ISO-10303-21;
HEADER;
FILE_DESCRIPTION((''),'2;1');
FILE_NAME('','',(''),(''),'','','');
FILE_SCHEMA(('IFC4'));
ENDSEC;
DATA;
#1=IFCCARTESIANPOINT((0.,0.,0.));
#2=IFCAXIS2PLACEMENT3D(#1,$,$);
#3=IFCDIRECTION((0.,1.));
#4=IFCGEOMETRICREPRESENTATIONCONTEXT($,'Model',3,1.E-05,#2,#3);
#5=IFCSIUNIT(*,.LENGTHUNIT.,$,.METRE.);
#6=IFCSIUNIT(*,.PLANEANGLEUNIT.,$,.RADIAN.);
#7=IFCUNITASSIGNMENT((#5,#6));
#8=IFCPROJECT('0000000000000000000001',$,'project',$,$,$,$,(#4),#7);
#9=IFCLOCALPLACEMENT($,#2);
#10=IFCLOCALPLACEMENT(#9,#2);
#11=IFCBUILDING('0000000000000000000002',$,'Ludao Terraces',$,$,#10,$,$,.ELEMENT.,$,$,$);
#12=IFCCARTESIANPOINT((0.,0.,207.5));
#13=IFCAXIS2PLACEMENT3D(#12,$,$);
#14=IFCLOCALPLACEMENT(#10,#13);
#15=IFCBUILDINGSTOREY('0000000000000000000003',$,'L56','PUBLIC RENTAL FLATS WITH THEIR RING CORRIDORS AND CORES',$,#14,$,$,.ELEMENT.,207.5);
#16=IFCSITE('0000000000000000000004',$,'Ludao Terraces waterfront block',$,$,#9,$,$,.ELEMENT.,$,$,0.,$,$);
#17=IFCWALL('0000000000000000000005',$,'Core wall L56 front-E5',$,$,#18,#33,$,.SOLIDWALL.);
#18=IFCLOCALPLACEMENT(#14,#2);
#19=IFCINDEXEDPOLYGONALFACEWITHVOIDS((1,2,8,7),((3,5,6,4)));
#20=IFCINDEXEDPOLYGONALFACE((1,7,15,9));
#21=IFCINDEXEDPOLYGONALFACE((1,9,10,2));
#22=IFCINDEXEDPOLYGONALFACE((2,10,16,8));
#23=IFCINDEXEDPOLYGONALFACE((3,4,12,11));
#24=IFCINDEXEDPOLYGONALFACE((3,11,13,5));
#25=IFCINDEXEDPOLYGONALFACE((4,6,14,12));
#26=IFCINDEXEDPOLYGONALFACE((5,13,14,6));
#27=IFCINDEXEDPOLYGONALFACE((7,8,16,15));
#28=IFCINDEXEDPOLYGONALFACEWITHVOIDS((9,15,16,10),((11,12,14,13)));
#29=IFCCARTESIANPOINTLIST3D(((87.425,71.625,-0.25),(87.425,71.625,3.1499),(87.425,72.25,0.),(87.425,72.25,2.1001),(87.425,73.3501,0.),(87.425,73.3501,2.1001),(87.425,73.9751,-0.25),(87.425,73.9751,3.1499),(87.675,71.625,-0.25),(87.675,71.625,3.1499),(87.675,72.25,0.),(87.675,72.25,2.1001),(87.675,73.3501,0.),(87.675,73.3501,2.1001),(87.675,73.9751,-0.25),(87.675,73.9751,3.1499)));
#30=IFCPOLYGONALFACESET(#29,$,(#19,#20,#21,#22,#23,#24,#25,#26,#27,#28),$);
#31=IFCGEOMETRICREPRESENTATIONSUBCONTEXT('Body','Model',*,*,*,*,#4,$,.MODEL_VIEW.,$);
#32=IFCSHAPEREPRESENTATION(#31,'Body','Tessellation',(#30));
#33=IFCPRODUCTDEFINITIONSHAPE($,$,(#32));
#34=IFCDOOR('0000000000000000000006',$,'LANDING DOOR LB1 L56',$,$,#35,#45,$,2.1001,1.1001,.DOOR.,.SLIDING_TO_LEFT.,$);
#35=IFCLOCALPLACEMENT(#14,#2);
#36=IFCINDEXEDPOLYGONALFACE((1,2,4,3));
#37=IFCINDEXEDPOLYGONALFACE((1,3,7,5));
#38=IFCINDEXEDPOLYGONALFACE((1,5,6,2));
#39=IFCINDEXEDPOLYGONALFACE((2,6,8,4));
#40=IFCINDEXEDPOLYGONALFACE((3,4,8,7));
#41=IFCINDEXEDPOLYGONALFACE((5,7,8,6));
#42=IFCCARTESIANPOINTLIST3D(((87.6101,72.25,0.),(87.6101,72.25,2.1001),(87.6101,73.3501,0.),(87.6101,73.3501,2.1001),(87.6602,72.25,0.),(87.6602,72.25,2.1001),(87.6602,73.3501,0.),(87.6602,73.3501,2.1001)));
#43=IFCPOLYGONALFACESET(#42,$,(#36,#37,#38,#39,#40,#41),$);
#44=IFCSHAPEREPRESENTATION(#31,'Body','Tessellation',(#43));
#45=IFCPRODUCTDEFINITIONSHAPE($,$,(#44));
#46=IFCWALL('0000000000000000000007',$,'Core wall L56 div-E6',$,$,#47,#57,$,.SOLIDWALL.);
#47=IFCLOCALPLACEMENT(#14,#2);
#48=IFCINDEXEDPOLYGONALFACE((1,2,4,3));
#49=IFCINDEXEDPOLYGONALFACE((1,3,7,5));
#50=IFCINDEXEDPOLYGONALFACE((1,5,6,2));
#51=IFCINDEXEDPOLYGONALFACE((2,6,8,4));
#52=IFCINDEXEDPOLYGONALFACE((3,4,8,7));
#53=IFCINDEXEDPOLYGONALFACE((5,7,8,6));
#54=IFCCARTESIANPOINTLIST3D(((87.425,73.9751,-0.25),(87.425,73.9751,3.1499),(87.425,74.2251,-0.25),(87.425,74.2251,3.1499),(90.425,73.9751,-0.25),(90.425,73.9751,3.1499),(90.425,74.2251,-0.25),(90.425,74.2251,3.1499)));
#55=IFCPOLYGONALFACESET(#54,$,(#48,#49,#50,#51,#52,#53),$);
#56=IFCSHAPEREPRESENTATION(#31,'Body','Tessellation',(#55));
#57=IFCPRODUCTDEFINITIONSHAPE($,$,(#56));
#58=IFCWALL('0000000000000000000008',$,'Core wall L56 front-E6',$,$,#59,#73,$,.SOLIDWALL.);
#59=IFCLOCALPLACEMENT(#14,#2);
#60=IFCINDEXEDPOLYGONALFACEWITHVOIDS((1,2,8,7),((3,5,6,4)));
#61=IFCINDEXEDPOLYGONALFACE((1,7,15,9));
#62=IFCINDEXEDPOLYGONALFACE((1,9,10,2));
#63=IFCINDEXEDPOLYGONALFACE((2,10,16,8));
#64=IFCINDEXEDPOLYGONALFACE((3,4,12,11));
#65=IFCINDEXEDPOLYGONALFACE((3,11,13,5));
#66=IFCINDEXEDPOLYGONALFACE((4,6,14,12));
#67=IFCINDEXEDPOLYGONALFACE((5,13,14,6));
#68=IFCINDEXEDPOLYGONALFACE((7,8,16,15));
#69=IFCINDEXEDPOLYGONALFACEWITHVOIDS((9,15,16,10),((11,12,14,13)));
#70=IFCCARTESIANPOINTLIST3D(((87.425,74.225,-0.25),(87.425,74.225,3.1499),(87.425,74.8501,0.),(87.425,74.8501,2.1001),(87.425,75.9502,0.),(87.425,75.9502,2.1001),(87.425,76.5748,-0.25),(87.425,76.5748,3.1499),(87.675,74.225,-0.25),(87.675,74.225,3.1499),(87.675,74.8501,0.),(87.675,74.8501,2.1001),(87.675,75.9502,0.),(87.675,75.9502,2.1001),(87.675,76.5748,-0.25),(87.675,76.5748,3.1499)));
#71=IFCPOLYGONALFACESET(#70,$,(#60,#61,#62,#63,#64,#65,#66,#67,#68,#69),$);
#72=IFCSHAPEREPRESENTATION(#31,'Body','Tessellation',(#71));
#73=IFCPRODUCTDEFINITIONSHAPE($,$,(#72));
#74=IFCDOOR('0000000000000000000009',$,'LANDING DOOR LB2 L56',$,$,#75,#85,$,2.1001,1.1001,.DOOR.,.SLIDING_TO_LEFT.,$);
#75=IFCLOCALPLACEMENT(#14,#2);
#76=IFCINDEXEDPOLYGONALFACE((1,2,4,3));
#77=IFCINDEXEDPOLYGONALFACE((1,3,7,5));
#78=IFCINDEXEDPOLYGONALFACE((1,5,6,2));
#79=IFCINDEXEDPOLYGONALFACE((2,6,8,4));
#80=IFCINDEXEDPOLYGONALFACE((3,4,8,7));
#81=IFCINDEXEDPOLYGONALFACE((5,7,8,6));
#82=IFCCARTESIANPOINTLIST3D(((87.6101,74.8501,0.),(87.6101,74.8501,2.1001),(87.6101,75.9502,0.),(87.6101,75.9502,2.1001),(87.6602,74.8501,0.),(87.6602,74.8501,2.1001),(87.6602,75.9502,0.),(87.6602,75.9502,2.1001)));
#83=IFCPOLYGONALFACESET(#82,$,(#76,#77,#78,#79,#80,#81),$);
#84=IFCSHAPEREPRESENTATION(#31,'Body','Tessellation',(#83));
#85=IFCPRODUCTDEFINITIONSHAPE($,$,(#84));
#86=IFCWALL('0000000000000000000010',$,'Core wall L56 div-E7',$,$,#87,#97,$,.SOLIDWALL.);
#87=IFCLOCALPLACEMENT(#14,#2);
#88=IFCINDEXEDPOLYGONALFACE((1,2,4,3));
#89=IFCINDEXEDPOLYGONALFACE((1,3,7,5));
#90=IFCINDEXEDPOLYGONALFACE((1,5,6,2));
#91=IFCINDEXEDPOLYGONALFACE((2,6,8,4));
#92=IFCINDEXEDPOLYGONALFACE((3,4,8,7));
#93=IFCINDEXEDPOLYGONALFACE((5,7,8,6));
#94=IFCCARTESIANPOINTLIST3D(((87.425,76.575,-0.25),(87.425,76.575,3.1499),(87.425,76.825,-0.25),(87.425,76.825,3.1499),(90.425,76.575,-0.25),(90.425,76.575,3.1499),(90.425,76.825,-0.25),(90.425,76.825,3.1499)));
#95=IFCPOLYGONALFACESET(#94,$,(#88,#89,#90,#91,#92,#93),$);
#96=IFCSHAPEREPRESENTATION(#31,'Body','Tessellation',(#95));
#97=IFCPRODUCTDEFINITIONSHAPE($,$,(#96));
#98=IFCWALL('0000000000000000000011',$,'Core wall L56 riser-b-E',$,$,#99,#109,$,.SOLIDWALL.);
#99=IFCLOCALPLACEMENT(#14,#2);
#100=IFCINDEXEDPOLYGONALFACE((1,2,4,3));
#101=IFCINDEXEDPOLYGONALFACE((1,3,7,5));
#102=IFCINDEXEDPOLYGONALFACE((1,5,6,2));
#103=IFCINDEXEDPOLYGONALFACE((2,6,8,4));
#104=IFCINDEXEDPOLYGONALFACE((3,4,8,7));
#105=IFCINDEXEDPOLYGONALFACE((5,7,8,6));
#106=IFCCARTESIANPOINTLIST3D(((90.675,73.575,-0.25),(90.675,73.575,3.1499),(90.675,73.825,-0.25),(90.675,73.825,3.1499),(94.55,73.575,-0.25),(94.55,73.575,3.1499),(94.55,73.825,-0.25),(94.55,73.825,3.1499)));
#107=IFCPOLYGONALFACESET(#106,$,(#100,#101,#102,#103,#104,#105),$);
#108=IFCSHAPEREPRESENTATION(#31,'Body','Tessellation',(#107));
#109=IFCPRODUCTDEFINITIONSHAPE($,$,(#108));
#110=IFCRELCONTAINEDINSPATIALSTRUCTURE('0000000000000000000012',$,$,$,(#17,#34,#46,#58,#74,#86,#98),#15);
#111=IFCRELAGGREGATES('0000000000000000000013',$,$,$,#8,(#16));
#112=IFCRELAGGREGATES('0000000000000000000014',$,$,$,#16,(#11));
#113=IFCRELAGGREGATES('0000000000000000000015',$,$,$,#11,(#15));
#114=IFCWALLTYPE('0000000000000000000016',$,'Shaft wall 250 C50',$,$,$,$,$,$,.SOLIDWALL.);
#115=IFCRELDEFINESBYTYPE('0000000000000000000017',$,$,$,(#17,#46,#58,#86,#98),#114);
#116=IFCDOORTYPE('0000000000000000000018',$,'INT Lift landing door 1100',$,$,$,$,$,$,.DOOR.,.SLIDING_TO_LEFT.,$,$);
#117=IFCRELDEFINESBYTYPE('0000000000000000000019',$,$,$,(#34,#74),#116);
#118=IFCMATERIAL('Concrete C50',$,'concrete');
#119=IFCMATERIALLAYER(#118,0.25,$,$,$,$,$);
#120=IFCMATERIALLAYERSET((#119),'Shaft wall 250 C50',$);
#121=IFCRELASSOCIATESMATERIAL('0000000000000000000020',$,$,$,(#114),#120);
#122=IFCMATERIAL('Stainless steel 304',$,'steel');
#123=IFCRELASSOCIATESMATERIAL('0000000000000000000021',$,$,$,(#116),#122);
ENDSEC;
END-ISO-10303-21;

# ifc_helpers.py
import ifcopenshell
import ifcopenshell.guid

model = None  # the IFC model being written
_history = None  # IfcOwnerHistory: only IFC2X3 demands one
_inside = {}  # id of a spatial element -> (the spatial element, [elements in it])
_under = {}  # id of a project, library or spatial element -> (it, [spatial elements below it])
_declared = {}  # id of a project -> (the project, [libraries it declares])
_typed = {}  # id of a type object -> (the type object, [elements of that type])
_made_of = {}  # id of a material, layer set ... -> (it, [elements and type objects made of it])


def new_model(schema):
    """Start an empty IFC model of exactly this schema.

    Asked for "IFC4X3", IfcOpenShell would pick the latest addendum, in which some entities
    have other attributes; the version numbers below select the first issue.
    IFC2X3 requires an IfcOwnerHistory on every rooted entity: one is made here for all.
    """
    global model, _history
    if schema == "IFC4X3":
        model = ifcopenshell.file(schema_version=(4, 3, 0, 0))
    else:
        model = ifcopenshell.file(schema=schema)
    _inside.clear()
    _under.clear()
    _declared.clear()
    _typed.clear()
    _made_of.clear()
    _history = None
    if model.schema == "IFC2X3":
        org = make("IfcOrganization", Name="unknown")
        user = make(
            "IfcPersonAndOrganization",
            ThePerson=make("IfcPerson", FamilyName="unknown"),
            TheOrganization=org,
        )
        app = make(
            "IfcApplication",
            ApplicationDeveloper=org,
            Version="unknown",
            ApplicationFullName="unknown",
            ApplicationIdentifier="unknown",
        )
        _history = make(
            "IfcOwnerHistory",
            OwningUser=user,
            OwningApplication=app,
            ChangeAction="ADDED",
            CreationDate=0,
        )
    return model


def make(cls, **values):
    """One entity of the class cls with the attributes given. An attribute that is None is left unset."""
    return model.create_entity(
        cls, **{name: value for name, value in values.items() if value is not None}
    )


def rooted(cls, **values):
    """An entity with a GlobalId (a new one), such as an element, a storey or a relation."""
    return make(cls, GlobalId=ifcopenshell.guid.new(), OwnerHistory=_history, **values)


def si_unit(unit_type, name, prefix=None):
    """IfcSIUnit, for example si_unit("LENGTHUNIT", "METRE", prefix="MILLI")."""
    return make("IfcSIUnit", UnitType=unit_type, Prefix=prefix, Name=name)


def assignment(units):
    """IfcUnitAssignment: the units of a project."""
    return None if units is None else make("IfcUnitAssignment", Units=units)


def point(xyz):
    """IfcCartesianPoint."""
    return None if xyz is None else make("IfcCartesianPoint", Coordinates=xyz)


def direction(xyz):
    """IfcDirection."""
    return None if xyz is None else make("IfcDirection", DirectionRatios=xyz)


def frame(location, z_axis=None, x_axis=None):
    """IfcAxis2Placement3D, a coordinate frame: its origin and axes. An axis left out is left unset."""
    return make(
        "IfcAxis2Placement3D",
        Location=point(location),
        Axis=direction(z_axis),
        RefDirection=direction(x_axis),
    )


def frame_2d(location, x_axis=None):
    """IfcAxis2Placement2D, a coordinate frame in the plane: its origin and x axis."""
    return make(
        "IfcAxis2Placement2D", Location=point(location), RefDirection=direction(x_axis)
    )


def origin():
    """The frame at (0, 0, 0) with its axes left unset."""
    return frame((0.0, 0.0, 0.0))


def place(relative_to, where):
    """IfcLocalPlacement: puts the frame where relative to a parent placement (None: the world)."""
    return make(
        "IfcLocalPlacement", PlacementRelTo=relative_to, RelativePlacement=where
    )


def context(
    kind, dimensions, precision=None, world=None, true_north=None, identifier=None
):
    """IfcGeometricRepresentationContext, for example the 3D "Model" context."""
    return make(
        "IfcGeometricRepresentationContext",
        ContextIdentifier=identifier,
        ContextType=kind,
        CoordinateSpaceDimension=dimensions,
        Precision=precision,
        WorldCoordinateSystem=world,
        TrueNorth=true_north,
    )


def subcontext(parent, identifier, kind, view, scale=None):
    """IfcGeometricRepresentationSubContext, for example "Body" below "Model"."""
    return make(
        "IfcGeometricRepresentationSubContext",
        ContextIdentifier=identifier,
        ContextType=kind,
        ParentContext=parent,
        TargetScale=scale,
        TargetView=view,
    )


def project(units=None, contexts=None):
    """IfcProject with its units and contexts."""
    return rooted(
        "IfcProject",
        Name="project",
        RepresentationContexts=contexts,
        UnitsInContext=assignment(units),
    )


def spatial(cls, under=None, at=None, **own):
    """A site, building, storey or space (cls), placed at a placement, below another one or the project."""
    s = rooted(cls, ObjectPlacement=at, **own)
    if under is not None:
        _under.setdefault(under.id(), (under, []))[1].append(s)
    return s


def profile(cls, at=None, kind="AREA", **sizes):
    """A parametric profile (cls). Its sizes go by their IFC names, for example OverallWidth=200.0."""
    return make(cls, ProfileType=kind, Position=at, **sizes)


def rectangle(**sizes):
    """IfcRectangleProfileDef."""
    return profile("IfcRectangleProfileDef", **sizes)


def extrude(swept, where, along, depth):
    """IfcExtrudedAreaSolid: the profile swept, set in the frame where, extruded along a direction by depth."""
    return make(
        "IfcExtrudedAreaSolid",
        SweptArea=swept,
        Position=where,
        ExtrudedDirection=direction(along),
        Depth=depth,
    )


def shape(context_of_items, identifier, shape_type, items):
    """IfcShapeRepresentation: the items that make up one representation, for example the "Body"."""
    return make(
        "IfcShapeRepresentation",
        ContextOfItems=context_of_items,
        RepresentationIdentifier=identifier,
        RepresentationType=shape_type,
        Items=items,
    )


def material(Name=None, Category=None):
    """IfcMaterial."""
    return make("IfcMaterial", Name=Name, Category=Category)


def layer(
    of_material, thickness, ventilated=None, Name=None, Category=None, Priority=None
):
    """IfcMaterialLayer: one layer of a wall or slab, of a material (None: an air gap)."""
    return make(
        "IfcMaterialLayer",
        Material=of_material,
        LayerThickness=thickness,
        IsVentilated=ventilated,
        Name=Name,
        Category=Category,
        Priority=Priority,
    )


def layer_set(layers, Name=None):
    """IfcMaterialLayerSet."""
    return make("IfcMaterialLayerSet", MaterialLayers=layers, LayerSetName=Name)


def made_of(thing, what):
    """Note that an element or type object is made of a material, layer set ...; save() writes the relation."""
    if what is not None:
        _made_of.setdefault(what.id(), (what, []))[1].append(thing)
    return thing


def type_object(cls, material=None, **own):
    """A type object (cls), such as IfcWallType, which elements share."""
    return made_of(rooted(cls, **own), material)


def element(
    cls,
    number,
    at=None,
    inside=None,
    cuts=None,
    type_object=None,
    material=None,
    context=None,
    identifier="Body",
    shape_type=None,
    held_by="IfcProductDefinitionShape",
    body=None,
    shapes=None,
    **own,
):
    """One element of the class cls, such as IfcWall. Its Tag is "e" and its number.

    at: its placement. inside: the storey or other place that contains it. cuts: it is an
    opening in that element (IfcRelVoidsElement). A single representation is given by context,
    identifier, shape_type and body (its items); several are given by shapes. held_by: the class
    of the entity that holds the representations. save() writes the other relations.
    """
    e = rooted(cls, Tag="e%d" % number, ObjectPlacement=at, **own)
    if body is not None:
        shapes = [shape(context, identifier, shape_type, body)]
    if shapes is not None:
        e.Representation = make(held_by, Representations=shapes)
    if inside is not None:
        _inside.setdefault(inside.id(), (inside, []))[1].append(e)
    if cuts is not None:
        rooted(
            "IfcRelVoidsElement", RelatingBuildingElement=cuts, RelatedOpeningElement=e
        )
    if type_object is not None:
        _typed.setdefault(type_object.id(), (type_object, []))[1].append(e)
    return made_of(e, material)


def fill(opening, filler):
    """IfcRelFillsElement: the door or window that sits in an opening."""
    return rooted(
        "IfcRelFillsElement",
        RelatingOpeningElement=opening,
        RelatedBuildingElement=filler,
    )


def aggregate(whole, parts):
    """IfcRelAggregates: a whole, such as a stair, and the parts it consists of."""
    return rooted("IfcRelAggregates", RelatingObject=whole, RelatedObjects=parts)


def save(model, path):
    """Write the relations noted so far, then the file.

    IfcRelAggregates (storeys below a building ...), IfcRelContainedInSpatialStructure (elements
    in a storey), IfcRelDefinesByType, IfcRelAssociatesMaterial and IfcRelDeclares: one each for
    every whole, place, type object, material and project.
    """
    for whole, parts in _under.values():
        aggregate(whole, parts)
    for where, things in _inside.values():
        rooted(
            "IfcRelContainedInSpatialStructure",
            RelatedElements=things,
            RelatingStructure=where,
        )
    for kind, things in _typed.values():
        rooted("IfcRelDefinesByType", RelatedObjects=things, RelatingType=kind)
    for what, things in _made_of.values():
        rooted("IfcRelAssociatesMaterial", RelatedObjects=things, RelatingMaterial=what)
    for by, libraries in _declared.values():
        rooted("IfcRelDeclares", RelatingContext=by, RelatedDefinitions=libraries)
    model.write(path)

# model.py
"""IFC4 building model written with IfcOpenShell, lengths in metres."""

from ifc_helpers import new_model, si_unit, direction, frame, frame_2d, origin, place, context, subcontext, project, spatial, rectangle, extrude, material, layer, layer_set, type_object, element, fill, save


model = new_model("IFC4")

# Units and contexts
model_context = context("Model", 3, precision=1e-05, world=origin(), true_north=direction((0.0, 1.0)))
body_context = subcontext(model_context, "Body", "Model", "MODEL_VIEW")
ifc_project = project(units=[si_unit("LENGTHUNIT", "METRE"), si_unit("PLANEANGLEUNIT", "RADIAN")], contexts=[model_context])

# Site, building, storey
site_placement = place(None, origin())
site = spatial("IfcSite", under=ifc_project, at=site_placement, Name="Ludao Terraces waterfront block", CompositionType="ELEMENT", RefElevation=0.0)
building_placement = place(site_placement, origin())
building = spatial("IfcBuilding", under=site, at=building_placement, Name="Ludao Terraces", CompositionType="ELEMENT")
storey_placement = place(building_placement, frame((0.0, 0.0, 207.5)))
storey = spatial("IfcBuildingStorey", under=building, at=storey_placement, Name="L56", Description="PUBLIC RENTAL FLATS WITH THEIR RING CORRIDORS AND CORES", CompositionType="ELEMENT", Elevation=207.5)

# Shared definitions
ifc_material_1 = material(Name="Concrete C50", Category="concrete")
ifc_layer_1 = layer(ifc_material_1, 0.25)
ifc_layer_set_1 = layer_set([ifc_layer_1], Name="Shaft wall 250 C50")
wall_type_1 = type_object("IfcWallType", Name="Shaft wall 250 C50", PredefinedType="SOLIDWALL", material=ifc_layer_set_1)

# Wall, opening, door
wall_1_placement = place(storey_placement, frame((87.55, 71.625, -0.25), z_axis=(0.0, 0.0, 1.0), x_axis=(0.0, 1.0, 0.0)))
wall_1 = element("IfcWall", 1, at=wall_1_placement, inside=storey, type_object=wall_type_1, Name="Core wall L56 front-E5", PredefinedType="SOLIDWALL", context=body_context, shape_type="SweptSolid", body=[
    extrude(rectangle(XDim=2.3501, YDim=0.25, at=frame_2d((1.175, 0.0))), origin(), (0.0, 0.0, 1.0), 3.3999),
])
opening_1_placement = place(wall_1_placement, frame((0.625, 0.0, 0.25)))
opening_1 = element("IfcOpeningElement", 2, at=opening_1_placement, cuts=wall_1, PredefinedType="OPENING", context=body_context, shape_type="SweptSolid", body=[
    extrude(rectangle(XDim=1.1001, YDim=2.1001, at=frame_2d((0.55, 1.05))), frame((0.0, 0.135, 0.0), z_axis=(0.0, -1.0, 0.0), x_axis=(1.0, 0.0, 0.0)), (0.0, 0.0, 1.0), 0.27),
])
ifc_material_2 = material(Name="Stainless steel 304", Category="steel")
door_type_1 = type_object("IfcDoorType", Name="INT Lift landing door 1100", OperationType="SLIDING_TO_LEFT", PredefinedType="DOOR", material=ifc_material_2)
door_1_placement = place(opening_1_placement, origin())
door_1 = element("IfcDoor", 3, at=door_1_placement, inside=storey, type_object=door_type_1, Name="LANDING DOOR LB1 L56", OperationType="SLIDING_TO_LEFT", OverallHeight=2.1001, OverallWidth=1.1001, PredefinedType="DOOR", context=body_context, shape_type="SweptSolid", body=[
    extrude(rectangle(XDim=1.1001, YDim=2.1001, at=frame_2d((0.55, 1.05))), frame((0.0, -0.0601, 0.0), z_axis=(0.0, -1.0, 0.0), x_axis=(1.0, 0.0, 0.0)), (0.0, 0.0, 1.0), 0.05),
])
fill(opening_1, door_1)

# Wall
wall_2_placement = place(storey_placement, frame((87.425, 74.1001, -0.25), z_axis=(0.0, 0.0, 1.0), x_axis=(1.0, 0.0, 0.0)))
element("IfcWall", 4, at=wall_2_placement, inside=storey, type_object=wall_type_1, Name="Core wall L56 div-E6", PredefinedType="SOLIDWALL", context=body_context, shape_type="SweptSolid", body=[
    extrude(rectangle(XDim=3.0, YDim=0.25, at=frame_2d((1.5, 0.0))), origin(), (0.0, 0.0, 1.0), 3.3999),
])

# Wall, opening, door
wall_3_placement = place(storey_placement, frame((87.55, 74.2251, -0.25), z_axis=(0.0, 0.0, 1.0), x_axis=(0.0, 1.0, 0.0)))
wall_3 = element("IfcWall", 5, at=wall_3_placement, inside=storey, type_object=wall_type_1, Name="Core wall L56 front-E6", PredefinedType="SOLIDWALL", context=body_context, shape_type="SweptSolid", body=[
    extrude(rectangle(XDim=2.3499, YDim=0.25, at=frame_2d((1.1748, 0.0))), origin(), (0.0, 0.0, 1.0), 3.3999),
])
opening_2_placement = place(wall_3_placement, frame((0.625, 0.0, 0.25)))
opening_2 = element("IfcOpeningElement", 6, at=opening_2_placement, cuts=wall_3, PredefinedType="OPENING", context=body_context, shape_type="SweptSolid", body=[
    extrude(rectangle(XDim=1.1001, YDim=2.1001, at=frame_2d((0.55, 1.05))), frame((0.0, 0.135, 0.0), z_axis=(0.0, -1.0, 0.0), x_axis=(1.0, 0.0, 0.0)), (0.0, 0.0, 1.0), 0.27),
])
door_2_placement = place(opening_2_placement, origin())
door_2 = element("IfcDoor", 7, at=door_2_placement, inside=storey, type_object=door_type_1, Name="LANDING DOOR LB2 L56", OperationType="SLIDING_TO_LEFT", OverallHeight=2.1001, OverallWidth=1.1001, PredefinedType="DOOR", context=body_context, shape_type="SweptSolid", body=[
    extrude(rectangle(XDim=1.1001, YDim=2.1001, at=frame_2d((0.55, 1.05))), frame((0.0, -0.0601, 0.0), z_axis=(0.0, -1.0, 0.0), x_axis=(1.0, 0.0, 0.0)), (0.0, 0.0, 1.0), 0.05),
])
fill(opening_2, door_2)

# Walls
wall_4_placement = place(storey_placement, frame((87.425, 76.7, -0.25), z_axis=(0.0, 0.0, 1.0), x_axis=(1.0, 0.0, 0.0)))
element("IfcWall", 8, at=wall_4_placement, inside=storey, type_object=wall_type_1, Name="Core wall L56 div-E7", PredefinedType="SOLIDWALL", context=body_context, shape_type="SweptSolid", body=[
    extrude(rectangle(XDim=3.0, YDim=0.25, at=frame_2d((1.5, 0.0))), origin(), (0.0, 0.0, 1.0), 3.3999),
])
wall_5_placement = place(storey_placement, frame((90.675, 73.7, -0.25), z_axis=(0.0, 0.0, 1.0), x_axis=(1.0, 0.0, 0.0)))
element("IfcWall", 9, at=wall_5_placement, inside=storey, type_object=wall_type_1, Name="Core wall L56 riser-b-E", PredefinedType="SOLIDWALL", context=body_context, shape_type="SweptSolid", body=[
    extrude(rectangle(XDim=3.875, YDim=0.25, at=frame_2d((1.9375, 0.0))), origin(), (0.0, 0.0, 1.0), 3.3999),
])

save(model, "model.ifc")
